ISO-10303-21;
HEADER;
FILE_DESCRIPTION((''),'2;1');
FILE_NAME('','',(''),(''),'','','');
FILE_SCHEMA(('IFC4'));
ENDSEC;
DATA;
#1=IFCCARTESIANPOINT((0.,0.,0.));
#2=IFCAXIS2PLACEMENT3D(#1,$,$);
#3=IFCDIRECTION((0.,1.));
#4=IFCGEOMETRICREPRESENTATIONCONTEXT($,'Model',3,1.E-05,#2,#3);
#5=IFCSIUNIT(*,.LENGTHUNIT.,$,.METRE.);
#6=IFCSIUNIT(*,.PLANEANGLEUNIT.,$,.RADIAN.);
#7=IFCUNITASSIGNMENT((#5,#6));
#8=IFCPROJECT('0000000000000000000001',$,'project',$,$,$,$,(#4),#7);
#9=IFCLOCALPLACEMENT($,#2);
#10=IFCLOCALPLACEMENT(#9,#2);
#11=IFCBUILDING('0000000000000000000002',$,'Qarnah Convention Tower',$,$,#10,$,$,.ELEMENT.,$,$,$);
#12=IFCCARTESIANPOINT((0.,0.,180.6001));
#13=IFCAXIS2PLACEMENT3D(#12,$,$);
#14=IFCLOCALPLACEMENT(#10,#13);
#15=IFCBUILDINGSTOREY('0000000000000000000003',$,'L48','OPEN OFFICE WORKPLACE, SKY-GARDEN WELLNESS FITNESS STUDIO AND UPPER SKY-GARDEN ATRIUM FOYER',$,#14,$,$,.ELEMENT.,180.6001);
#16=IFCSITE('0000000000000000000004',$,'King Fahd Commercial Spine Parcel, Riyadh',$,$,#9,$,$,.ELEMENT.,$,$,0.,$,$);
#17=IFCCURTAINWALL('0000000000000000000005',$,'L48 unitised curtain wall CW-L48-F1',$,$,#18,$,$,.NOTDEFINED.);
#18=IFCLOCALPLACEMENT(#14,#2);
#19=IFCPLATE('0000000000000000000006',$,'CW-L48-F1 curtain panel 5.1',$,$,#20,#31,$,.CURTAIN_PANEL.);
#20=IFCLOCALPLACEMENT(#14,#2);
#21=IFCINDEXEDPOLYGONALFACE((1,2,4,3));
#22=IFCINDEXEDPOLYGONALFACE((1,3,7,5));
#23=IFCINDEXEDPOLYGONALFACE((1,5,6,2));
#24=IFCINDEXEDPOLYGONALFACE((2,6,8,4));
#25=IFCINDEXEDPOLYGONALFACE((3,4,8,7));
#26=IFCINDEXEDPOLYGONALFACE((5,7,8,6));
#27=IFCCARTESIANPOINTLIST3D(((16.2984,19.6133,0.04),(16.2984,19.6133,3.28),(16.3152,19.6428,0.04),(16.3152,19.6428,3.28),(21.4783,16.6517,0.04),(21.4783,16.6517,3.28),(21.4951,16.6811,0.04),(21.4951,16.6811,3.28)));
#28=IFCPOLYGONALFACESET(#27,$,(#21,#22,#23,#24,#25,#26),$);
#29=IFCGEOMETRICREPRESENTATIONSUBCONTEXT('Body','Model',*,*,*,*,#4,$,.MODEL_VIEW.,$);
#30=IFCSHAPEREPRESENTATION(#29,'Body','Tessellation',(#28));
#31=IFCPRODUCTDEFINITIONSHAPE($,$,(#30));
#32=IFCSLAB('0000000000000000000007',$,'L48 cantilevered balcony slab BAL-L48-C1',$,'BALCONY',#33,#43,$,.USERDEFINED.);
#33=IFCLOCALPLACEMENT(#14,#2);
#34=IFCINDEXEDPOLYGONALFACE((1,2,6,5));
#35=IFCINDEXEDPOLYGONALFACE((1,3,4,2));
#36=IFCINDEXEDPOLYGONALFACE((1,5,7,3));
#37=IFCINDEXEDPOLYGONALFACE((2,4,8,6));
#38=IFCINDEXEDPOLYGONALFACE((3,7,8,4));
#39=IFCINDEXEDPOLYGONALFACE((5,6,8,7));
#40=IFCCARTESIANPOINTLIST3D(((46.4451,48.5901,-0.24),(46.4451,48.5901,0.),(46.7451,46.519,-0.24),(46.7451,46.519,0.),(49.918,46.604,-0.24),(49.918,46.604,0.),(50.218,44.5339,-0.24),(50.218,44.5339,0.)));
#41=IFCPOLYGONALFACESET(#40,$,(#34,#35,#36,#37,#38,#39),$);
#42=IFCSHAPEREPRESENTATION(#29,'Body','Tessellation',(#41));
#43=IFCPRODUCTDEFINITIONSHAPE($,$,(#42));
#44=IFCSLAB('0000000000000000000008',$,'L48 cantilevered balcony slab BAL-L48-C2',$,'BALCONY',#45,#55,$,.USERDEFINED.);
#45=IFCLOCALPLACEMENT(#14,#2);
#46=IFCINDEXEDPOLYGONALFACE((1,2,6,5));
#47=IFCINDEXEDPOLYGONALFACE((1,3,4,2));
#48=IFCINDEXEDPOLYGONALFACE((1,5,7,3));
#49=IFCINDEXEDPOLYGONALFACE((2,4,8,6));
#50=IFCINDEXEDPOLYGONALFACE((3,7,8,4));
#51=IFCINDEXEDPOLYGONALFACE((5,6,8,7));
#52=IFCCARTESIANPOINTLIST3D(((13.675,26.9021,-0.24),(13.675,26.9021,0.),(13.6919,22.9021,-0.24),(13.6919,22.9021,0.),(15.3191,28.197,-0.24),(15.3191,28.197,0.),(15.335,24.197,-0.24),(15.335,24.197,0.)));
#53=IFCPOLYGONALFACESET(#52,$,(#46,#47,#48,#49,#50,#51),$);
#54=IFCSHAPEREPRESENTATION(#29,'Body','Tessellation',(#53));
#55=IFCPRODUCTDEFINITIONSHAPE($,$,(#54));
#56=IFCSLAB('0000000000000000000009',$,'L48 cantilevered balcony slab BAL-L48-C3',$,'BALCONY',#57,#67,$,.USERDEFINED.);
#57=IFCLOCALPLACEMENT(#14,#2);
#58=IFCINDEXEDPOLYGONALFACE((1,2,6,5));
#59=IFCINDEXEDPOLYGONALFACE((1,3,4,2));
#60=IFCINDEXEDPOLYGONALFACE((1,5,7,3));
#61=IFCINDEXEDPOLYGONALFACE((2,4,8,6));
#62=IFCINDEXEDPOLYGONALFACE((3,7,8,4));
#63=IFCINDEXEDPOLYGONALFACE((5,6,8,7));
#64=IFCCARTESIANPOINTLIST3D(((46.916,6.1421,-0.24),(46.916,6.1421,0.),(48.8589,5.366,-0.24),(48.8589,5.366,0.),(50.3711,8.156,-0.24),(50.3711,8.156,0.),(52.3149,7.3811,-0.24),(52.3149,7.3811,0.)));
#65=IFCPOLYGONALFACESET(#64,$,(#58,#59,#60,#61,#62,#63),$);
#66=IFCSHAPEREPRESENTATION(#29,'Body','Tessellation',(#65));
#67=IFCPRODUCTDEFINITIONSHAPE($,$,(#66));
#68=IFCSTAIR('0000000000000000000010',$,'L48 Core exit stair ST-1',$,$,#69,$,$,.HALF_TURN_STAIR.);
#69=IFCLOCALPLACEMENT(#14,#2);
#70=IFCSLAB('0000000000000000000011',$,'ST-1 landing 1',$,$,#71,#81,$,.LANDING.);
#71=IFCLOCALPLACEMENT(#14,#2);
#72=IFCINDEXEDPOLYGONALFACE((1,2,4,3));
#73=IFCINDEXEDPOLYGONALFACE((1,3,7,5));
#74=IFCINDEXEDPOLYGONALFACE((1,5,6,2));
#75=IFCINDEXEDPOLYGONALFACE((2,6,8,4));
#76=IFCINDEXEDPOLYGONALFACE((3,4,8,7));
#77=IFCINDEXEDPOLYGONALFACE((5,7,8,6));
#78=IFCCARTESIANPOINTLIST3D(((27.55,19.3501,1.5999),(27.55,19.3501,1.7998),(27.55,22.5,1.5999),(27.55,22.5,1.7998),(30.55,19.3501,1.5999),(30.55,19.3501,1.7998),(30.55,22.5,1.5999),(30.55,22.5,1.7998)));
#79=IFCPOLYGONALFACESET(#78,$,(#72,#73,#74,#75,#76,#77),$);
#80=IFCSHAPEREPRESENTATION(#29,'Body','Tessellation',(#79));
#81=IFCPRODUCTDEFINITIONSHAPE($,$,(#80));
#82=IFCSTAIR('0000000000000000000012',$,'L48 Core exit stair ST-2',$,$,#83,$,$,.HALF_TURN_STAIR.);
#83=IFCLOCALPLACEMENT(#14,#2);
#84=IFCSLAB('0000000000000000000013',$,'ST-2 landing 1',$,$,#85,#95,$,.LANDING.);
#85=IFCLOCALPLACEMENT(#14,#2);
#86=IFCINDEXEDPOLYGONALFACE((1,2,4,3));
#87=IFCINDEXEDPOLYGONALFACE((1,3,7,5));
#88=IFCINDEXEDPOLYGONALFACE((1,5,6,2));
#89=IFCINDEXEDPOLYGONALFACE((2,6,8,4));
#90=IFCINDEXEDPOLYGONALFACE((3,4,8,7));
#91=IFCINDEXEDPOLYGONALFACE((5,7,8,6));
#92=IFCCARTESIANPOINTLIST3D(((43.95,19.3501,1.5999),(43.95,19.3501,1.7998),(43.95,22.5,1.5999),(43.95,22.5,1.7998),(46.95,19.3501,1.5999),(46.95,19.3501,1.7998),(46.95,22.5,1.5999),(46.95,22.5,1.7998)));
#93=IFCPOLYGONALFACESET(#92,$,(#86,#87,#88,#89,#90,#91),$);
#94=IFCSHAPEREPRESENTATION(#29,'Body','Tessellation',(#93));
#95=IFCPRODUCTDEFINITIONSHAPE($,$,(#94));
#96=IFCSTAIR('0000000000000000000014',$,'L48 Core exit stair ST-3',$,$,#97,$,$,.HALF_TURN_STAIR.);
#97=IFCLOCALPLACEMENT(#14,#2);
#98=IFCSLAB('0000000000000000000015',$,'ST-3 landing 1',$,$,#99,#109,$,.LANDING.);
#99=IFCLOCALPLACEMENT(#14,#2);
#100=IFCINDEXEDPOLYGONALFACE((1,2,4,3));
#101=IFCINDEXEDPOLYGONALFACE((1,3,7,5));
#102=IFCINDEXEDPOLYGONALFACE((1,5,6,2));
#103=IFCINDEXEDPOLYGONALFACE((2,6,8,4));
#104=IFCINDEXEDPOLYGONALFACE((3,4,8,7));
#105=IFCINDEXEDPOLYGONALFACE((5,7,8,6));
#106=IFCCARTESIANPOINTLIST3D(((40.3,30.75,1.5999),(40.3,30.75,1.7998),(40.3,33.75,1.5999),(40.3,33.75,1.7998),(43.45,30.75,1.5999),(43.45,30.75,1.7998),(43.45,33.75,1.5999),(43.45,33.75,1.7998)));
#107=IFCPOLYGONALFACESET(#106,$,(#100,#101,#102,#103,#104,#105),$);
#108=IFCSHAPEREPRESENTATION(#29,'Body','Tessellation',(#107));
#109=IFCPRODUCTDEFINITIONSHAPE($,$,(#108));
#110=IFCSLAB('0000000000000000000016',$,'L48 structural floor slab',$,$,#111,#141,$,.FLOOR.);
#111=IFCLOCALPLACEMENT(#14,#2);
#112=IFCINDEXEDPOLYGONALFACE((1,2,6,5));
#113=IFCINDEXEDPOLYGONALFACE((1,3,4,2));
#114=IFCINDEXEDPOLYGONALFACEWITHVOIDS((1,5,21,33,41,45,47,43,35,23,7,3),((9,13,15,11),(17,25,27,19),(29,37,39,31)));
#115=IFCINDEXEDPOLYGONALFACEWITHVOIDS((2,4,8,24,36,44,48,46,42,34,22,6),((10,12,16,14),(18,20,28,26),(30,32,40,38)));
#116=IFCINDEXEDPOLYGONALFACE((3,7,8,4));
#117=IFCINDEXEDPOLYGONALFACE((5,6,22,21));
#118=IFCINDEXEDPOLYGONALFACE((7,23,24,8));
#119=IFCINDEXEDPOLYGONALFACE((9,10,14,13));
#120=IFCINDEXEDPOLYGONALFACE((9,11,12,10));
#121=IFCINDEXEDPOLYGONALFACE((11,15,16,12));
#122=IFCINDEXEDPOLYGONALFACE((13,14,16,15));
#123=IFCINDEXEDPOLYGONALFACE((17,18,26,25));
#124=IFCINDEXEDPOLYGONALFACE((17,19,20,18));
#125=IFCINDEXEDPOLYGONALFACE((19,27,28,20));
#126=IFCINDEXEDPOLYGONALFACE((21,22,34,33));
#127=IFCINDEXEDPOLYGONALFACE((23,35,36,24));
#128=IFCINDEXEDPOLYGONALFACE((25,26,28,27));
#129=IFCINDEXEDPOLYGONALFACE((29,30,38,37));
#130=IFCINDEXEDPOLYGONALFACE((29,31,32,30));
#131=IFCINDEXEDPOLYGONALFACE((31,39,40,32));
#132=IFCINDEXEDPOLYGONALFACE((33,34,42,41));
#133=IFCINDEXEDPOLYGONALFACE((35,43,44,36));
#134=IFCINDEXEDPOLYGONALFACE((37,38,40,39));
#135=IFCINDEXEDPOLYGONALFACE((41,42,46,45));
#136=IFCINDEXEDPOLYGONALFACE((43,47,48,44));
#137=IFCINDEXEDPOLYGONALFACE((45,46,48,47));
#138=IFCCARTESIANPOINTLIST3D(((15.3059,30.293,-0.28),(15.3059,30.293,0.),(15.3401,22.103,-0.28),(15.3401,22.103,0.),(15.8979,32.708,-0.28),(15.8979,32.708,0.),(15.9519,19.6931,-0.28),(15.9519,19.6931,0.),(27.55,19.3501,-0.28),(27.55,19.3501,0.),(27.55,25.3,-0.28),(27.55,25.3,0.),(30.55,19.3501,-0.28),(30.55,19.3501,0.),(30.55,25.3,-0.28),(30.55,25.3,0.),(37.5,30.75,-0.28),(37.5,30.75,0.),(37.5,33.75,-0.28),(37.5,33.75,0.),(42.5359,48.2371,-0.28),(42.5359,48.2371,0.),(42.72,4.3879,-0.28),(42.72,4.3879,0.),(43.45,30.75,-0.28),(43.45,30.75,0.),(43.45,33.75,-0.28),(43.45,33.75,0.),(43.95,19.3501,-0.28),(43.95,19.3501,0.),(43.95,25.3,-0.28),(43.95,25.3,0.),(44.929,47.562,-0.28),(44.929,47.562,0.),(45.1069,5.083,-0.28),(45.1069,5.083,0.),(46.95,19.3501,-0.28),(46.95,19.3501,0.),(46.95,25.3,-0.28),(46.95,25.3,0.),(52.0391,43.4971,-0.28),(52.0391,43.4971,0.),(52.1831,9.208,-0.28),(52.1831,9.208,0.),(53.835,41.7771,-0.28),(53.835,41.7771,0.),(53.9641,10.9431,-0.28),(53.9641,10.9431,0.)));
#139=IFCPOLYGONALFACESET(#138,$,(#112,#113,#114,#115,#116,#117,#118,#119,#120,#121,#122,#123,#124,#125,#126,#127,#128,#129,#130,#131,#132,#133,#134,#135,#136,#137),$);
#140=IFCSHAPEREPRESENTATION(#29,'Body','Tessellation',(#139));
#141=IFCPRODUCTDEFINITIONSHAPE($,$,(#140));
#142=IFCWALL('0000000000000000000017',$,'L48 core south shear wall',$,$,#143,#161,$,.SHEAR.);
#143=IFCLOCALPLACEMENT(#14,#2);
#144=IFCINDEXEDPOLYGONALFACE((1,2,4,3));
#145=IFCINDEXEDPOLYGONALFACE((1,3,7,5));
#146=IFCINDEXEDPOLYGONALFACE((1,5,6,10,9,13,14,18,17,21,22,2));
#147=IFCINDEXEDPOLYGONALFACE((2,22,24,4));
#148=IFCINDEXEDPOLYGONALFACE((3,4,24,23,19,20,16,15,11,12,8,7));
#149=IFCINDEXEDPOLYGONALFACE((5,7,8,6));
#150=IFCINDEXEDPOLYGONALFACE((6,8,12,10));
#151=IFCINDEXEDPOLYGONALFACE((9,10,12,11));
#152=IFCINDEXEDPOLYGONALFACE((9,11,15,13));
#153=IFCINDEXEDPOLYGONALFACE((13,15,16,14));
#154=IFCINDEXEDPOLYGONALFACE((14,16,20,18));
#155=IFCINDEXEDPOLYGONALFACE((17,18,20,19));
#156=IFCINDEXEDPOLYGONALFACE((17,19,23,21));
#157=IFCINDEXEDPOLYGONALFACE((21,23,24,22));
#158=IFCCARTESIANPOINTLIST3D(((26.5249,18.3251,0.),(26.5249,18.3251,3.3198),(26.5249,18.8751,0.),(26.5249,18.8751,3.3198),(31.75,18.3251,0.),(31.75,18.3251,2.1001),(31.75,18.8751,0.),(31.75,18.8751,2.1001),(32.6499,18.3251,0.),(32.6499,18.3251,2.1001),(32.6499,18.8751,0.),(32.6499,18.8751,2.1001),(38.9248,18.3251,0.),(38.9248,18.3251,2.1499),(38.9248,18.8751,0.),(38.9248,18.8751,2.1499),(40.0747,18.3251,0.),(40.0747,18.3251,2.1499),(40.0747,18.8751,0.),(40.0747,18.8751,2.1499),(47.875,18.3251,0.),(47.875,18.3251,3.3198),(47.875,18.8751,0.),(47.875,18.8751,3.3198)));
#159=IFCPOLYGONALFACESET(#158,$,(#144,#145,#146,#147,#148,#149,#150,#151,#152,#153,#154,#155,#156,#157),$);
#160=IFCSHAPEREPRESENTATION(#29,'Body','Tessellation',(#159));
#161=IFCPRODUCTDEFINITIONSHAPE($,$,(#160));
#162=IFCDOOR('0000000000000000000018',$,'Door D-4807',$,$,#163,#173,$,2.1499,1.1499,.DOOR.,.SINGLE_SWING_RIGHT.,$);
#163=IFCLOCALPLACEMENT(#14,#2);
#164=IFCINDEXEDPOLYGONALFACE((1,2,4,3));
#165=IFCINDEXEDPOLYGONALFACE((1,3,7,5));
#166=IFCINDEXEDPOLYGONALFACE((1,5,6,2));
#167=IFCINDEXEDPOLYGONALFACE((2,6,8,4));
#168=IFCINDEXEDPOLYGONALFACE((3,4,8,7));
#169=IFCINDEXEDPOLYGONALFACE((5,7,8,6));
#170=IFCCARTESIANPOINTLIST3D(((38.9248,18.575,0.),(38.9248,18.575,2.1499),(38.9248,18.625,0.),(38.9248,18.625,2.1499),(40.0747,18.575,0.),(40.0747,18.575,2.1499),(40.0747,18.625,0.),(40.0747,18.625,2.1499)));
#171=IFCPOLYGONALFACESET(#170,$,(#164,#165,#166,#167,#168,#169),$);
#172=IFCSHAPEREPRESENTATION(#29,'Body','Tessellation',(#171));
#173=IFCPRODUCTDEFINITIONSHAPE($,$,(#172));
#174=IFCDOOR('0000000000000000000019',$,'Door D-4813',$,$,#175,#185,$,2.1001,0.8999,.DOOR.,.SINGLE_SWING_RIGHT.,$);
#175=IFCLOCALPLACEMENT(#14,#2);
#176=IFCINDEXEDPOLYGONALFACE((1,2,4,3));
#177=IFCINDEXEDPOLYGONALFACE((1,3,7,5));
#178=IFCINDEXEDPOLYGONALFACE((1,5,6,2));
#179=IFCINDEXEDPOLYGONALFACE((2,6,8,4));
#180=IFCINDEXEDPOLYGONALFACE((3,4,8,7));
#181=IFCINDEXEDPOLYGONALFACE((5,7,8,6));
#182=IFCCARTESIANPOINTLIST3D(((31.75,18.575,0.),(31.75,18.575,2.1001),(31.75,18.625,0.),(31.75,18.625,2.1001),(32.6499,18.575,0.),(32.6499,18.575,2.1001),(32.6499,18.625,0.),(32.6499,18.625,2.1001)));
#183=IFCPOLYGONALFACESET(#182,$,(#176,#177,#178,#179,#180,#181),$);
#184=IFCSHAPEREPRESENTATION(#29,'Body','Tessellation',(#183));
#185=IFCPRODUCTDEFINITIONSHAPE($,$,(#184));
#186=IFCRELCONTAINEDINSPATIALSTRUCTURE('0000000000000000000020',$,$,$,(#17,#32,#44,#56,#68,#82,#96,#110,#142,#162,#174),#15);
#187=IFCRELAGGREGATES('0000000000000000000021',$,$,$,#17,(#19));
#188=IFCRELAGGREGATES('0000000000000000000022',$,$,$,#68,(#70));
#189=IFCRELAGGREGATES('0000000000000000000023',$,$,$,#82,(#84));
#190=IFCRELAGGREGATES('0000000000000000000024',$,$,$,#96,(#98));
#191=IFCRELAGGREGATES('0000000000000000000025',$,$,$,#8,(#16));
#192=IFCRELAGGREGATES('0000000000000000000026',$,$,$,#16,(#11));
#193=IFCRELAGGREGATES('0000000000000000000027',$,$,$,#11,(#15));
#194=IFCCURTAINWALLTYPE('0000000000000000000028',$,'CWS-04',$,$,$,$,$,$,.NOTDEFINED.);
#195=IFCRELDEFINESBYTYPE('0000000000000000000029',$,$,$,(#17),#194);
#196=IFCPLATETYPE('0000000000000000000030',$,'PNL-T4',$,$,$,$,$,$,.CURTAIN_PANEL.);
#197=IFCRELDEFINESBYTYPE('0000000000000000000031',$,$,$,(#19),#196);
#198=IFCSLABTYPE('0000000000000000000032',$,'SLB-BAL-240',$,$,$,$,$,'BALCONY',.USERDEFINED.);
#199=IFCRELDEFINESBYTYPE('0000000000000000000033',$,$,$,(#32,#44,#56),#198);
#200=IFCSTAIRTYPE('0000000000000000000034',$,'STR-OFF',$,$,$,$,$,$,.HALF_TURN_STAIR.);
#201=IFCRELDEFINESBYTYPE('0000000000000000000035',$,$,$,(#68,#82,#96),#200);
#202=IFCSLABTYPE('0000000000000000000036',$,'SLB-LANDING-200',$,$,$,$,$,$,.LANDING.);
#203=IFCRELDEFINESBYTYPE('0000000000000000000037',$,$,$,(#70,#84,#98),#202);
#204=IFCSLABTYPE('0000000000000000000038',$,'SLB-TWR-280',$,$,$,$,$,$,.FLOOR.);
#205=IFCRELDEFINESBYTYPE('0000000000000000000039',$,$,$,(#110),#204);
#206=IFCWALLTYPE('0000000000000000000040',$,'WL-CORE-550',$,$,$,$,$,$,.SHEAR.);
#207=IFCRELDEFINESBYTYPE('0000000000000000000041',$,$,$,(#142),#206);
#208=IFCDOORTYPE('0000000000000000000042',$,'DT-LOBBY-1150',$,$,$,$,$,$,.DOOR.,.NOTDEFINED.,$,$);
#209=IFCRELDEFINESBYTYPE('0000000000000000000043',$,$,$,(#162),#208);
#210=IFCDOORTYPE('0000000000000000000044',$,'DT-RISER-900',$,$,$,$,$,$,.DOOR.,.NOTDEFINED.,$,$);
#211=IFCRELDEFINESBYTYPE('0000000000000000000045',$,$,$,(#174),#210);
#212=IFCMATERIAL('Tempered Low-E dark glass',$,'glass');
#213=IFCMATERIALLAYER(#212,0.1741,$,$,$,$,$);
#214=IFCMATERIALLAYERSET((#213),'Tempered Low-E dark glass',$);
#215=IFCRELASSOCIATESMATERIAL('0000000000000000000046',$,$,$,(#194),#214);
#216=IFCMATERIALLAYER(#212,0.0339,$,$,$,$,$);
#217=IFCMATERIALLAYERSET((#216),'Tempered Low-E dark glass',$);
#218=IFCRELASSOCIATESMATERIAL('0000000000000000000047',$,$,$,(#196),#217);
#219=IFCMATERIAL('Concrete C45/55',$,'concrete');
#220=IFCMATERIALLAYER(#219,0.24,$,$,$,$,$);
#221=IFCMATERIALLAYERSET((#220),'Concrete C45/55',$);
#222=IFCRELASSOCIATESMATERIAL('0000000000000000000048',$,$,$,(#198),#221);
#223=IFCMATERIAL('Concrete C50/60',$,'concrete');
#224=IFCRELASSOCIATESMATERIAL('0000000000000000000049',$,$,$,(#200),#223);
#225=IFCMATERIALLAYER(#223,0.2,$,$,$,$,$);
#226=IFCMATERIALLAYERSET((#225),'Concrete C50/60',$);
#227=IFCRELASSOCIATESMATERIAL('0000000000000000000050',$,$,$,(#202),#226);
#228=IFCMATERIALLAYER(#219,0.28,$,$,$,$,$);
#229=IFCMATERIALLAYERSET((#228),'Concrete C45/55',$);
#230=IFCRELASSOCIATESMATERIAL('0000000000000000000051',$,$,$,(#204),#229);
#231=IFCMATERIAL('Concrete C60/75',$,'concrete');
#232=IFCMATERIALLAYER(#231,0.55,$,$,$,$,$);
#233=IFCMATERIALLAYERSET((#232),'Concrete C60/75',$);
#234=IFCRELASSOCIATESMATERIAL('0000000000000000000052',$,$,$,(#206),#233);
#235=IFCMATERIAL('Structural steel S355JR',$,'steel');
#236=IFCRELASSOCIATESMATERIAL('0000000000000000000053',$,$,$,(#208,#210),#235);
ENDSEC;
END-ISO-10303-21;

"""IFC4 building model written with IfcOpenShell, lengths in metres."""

from ifc_helpers import new_model, si_unit, direction, frame, frame_2d, origin, origin_2d, place, context, subcontext, project, spatial, polyline, rectangle, outline, extrude, material, layer, layer_set, type_object, element, fill, aggregate, save


model = new_model("IFC4")

# Units and contexts
model_context = context("Model", 3, precision=1e-05, world=origin(), true_north=direction((0.0, 1.0)))
body_context = subcontext(model_context, "Body", "Model", "MODEL_VIEW")
ifc_project = project(units=[si_unit("LENGTHUNIT", "METRE"), si_unit("PLANEANGLEUNIT", "RADIAN")], contexts=[model_context])

# Site, building, storey
site_placement = place(None, origin())
site = spatial("IfcSite", under=ifc_project, at=site_placement, Name="King Fahd Commercial Spine Parcel, Riyadh", CompositionType="ELEMENT", RefElevation=0.0)
building_placement = place(site_placement, origin())
building = spatial("IfcBuilding", under=site, at=building_placement, Name="Qarnah Convention Tower", CompositionType="ELEMENT")
storey_placement = place(building_placement, frame((0.0, 0.0, 180.6001)))
storey = spatial("IfcBuildingStorey", under=building, at=storey_placement, Name="L48", Description="OPEN OFFICE WORKPLACE, SKY-GARDEN WELLNESS FITNESS STUDIO AND UPPER SKY-GARDEN ATRIUM FOYER", CompositionType="ELEMENT", Elevation=180.6001)

# Shared definitions
ifc_material_1 = material(Name="Concrete C50/60", Category="concrete")

# Shared definitions
ifc_material_2 = material(Name="Structural steel S355JR", Category="steel")

# Curtain wall, plate
ifc_material_3 = material(Name="Tempered Low-E dark glass", Category="glass")
ifc_layer_1 = layer(ifc_material_3, 0.1741)
ifc_layer_set_1 = layer_set([ifc_layer_1], Name="Tempered Low-E dark glass")
curtain_wall_type = type_object("IfcCurtainWallType", Name="CWS-04", PredefinedType="NOTDEFINED", material=ifc_layer_set_1)
curtain_wall_placement = place(storey_placement, origin())
curtain_wall = element("IfcCurtainWall", 1, at=curtain_wall_placement, inside=storey, type_object=curtain_wall_type, Name="L48 unitised curtain wall CW-L48-F1", PredefinedType="NOTDEFINED")
ifc_layer_2 = layer(ifc_material_3, 0.0339)
ifc_layer_set_2 = layer_set([ifc_layer_2], Name="Tempered Low-E dark glass")
plate_type = type_object("IfcPlateType", Name="PNL-T4", PredefinedType="CURTAIN_PANEL", material=ifc_layer_set_2)
plate_1_placement = place(storey_placement, frame((18.8967, 18.1472, 0.04), z_axis=(0.0, 0.0, 1.0), x_axis=(-0.868119, 0.496356, 0.0)))
plate_1 = element("IfcPlate", 2, at=plate_1_placement, type_object=plate_type, Name="CW-L48-F1 curtain panel 5.1", PredefinedType="CURTAIN_PANEL", context=body_context, shape_type="SweptSolid", body=[
    extrude(rectangle(XDim=5.9668, YDim=0.0339, at=origin_2d()), origin(), (0.0, 0.0, 1.0), 3.24),
])
aggregate(curtain_wall, [plate_1])

# Slabs
ifc_material_4 = material(Name="Concrete C45/55", Category="concrete")
ifc_layer_3 = layer(ifc_material_4, 0.24)
ifc_layer_set_3 = layer_set([ifc_layer_3], Name="Concrete C45/55")
slab_type_1 = type_object("IfcSlabType", Name="SLB-BAL-240", ElementType="BALCONY", PredefinedType="USERDEFINED", material=ifc_layer_set_3)
slab_1_placement = place(storey_placement, frame((0.0, 0.0, -0.24)))
element("IfcSlab", 3, at=slab_1_placement, inside=storey, type_object=slab_type_1, Name="L48 cantilevered balcony slab BAL-L48-C1", ObjectType="BALCONY", PredefinedType="USERDEFINED", context=body_context, shape_type="SweptSolid", body=[
    extrude(outline(polyline([(46.4451, 48.5901), (49.918, 46.604), (50.218, 44.5339), (46.7451, 46.519), (46.4451, 48.5901)])), origin(), (0.0, 0.0, 1.0), 0.24),
])
slab_2_placement = place(storey_placement, frame((0.0, 0.0, -0.24)))
element("IfcSlab", 4, at=slab_2_placement, inside=storey, type_object=slab_type_1, Name="L48 cantilevered balcony slab BAL-L48-C2", ObjectType="BALCONY", PredefinedType="USERDEFINED", context=body_context, shape_type="SweptSolid", body=[
    extrude(outline(polyline([(13.6919, 22.9021), (13.675, 26.9021), (15.3191, 28.197), (15.335, 24.197), (13.6919, 22.9021)])), origin(), (0.0, 0.0, 1.0), 0.24),
])
slab_3_placement = place(storey_placement, frame((0.0, 0.0, -0.24)))
element("IfcSlab", 5, at=slab_3_placement, inside=storey, type_object=slab_type_1, Name="L48 cantilevered balcony slab BAL-L48-C3", ObjectType="BALCONY", PredefinedType="USERDEFINED", context=body_context, shape_type="SweptSolid", body=[
    extrude(outline(polyline([(52.3149, 7.3811), (48.8589, 5.366), (46.916, 6.1421), (50.3711, 8.156), (52.3149, 7.3811)])), origin(), (0.0, 0.0, 1.0), 0.24),
])

# Stairs, slabs
stair_type = type_object("IfcStairType", Name="STR-OFF", PredefinedType="HALF_TURN_STAIR", material=ifc_material_1)
stair_1_placement = place(storey_placement, origin())
stair_1 = element("IfcStair", 6, at=stair_1_placement, inside=storey, type_object=stair_type, Name="L48 Core exit stair ST-1", PredefinedType="HALF_TURN_STAIR")
ifc_layer_4 = layer(ifc_material_1, 0.2)
ifc_layer_set_4 = layer_set([ifc_layer_4], Name="Concrete C50/60")
slab_type_2 = type_object("IfcSlabType", Name="SLB-LANDING-200", PredefinedType="LANDING", material=ifc_layer_set_4)
slab_4_placement = place(storey_placement, frame((0.0, 0.0, 1.5999)))
slab_4 = element("IfcSlab", 7, at=slab_4_placement, type_object=slab_type_2, Name="ST-1 landing 1", PredefinedType="LANDING", context=body_context, shape_type="SweptSolid", body=[
    extrude(outline(polyline([(27.55, 22.5), (27.55, 19.3501), (30.55, 19.3501), (30.55, 22.5), (27.55, 22.5)])), origin(), (0.0, 0.0, 1.0), 0.2),
])
aggregate(stair_1, [slab_4])
stair_2_placement = place(storey_placement, origin())
stair_2 = element("IfcStair", 8, at=stair_2_placement, inside=storey, type_object=stair_type, Name="L48 Core exit stair ST-2", PredefinedType="HALF_TURN_STAIR")
slab_5_placement = place(storey_placement, frame((0.0, 0.0, 1.5999)))
slab_5 = element("IfcSlab", 9, at=slab_5_placement, type_object=slab_type_2, Name="ST-2 landing 1", PredefinedType="LANDING", context=body_context, shape_type="SweptSolid", body=[
    extrude(outline(polyline([(43.95, 22.5), (43.95, 19.3501), (46.95, 19.3501), (46.95, 22.5), (43.95, 22.5)])), origin(), (0.0, 0.0, 1.0), 0.2),
])
aggregate(stair_2, [slab_5])
stair_3_placement = place(storey_placement, origin())
stair_3 = element("IfcStair", 10, at=stair_3_placement, inside=storey, type_object=stair_type, Name="L48 Core exit stair ST-3", PredefinedType="HALF_TURN_STAIR")
slab_6_placement = place(storey_placement, frame((0.0, 0.0, 1.5999)))
slab_6 = element("IfcSlab", 11, at=slab_6_placement, type_object=slab_type_2, Name="ST-3 landing 1", PredefinedType="LANDING", context=body_context, shape_type="SweptSolid", body=[
    extrude(outline(polyline([(40.3, 30.75), (43.45, 30.75), (43.45, 33.75), (40.3, 33.75), (40.3, 30.75)])), origin(), (0.0, 0.0, 1.0), 0.2),
])
aggregate(stair_3, [slab_6])

# Slab
ifc_layer_5 = layer(ifc_material_4, 0.28)
ifc_layer_set_5 = layer_set([ifc_layer_5], Name="Concrete C45/55")
slab_type_3 = type_object("IfcSlabType", Name="SLB-TWR-280", PredefinedType="FLOOR", material=ifc_layer_set_5)
slab_7_placement = place(storey_placement, frame((0.0, 0.0, -0.28)))
element("IfcSlab", 12, at=slab_7_placement, inside=storey, type_object=slab_type_3, Name="L48 structural floor slab", PredefinedType="FLOOR", context=body_context, shape_type="SweptSolid", body=[
    extrude(outline(polyline([(42.5359, 48.2371), (15.8979, 32.708), (15.3059, 30.293), (15.3401, 22.103), (15.9519, 19.6931), (42.72, 4.3879), (45.1069, 5.083), (52.1831, 9.208), (53.9641, 10.9431), (53.835, 41.7771), (52.0391, 43.4971), (44.929, 47.562), (42.5359, 48.2371)]), holes=[polyline([(27.55, 25.3), (27.55, 19.3501), (30.55, 19.3501), (30.55, 25.3), (27.55, 25.3)]), polyline([(43.95, 25.3), (43.95, 19.3501), (46.95, 19.3501), (46.95, 25.3), (43.95, 25.3)]), polyline([(37.5, 30.75), (43.45, 30.75), (43.45, 33.75), (37.5, 33.75), (37.5, 30.75)])]), origin(), (0.0, 0.0, 1.0), 0.28),
])

# Wall, openings, doors
ifc_material_5 = material(Name="Concrete C60/75", Category="concrete")
ifc_layer_6 = layer(ifc_material_5, 0.55)
ifc_layer_set_6 = layer_set([ifc_layer_6], Name="Concrete C60/75")
wall_type_1 = type_object("IfcWallType", Name="WL-CORE-550", PredefinedType="SHEAR", material=ifc_layer_set_6)
wall_1_placement = place(storey_placement, frame((26.5249, 18.6001, 0.0), z_axis=(0.0, 0.0, 1.0), x_axis=(1.0, 0.0, 0.0)))
wall_1 = element("IfcWall", 13, at=wall_1_placement, inside=storey, type_object=wall_type_1, Name="L48 core south shear wall", PredefinedType="SHEAR", context=body_context, shape_type="SweptSolid", body=[
    extrude(rectangle(XDim=21.3501, YDim=0.55, at=frame_2d((10.675, 0.0))), origin(), (0.0, 0.0, 1.0), 3.3198),
])
opening_1_placement = place(wall_1_placement, frame((12.3999, 0.0, 0.0)))
opening_1 = element("IfcOpeningElement", 14, at=opening_1_placement, cuts=wall_1, PredefinedType="OPENING", context=body_context, shape_type="SweptSolid", body=[
    extrude(rectangle(XDim=1.1499, YDim=2.1499, at=frame_2d((0.575, 1.075))), frame((0.0, 0.2849, 0.0), z_axis=(0.0, -1.0, 0.0), x_axis=(1.0, 0.0, 0.0)), (0.0, 0.0, 1.0), 0.5701),
])
opening_2_placement = place(wall_1_placement, frame((5.2251, 0.0, 0.0)))
opening_2 = element("IfcOpeningElement", 15, at=opening_2_placement, cuts=wall_1, PredefinedType="OPENING", context=body_context, shape_type="SweptSolid", body=[
    extrude(rectangle(XDim=0.8999, YDim=2.1001, at=frame_2d((0.45, 1.05))), frame((0.0, 0.2849, 0.0), z_axis=(0.0, -1.0, 0.0), x_axis=(1.0, 0.0, 0.0)), (0.0, 0.0, 1.0), 0.5701),
])
door_type_1 = type_object("IfcDoorType", Name="DT-LOBBY-1150", OperationType="NOTDEFINED", PredefinedType="DOOR", material=ifc_material_2)
door_1_placement = place(opening_1_placement, origin())
door_1 = element("IfcDoor", 16, at=door_1_placement, inside=storey, type_object=door_type_1, Name="Door D-4807", OperationType="SINGLE_SWING_RIGHT", OverallHeight=2.1499, OverallWidth=1.1499, PredefinedType="DOOR", context=body_context, shape_type="SweptSolid", body=[
    extrude(rectangle(XDim=1.1499, YDim=2.1499, at=frame_2d((0.575, 1.075))), frame((0.0, 0.0249, 0.0), z_axis=(0.0, -1.0, 0.0), x_axis=(1.0, 0.0, 0.0)), (0.0, 0.0, 1.0), 0.05),
])
fill(opening_1, door_1)
door_type_2 = type_object("IfcDoorType", Name="DT-RISER-900", OperationType="NOTDEFINED", PredefinedType="DOOR", material=ifc_material_2)
door_2_placement = place(opening_2_placement, origin())
door_2 = element("IfcDoor", 17, at=door_2_placement, inside=storey, type_object=door_type_2, Name="Door D-4813", OperationType="SINGLE_SWING_RIGHT", OverallHeight=2.1001, OverallWidth=0.8999, PredefinedType="DOOR", context=body_context, shape_type="SweptSolid", body=[
    extrude(rectangle(XDim=0.8999, YDim=2.1001, at=frame_2d((0.45, 1.05))), frame((0.0, 0.0249, 0.0), z_axis=(0.0, -1.0, 0.0), x_axis=(1.0, 0.0, 0.0)), (0.0, 0.0, 1.0), 0.05),
])
fill(opening_2, door_2)

save(model, "model.ifc")
